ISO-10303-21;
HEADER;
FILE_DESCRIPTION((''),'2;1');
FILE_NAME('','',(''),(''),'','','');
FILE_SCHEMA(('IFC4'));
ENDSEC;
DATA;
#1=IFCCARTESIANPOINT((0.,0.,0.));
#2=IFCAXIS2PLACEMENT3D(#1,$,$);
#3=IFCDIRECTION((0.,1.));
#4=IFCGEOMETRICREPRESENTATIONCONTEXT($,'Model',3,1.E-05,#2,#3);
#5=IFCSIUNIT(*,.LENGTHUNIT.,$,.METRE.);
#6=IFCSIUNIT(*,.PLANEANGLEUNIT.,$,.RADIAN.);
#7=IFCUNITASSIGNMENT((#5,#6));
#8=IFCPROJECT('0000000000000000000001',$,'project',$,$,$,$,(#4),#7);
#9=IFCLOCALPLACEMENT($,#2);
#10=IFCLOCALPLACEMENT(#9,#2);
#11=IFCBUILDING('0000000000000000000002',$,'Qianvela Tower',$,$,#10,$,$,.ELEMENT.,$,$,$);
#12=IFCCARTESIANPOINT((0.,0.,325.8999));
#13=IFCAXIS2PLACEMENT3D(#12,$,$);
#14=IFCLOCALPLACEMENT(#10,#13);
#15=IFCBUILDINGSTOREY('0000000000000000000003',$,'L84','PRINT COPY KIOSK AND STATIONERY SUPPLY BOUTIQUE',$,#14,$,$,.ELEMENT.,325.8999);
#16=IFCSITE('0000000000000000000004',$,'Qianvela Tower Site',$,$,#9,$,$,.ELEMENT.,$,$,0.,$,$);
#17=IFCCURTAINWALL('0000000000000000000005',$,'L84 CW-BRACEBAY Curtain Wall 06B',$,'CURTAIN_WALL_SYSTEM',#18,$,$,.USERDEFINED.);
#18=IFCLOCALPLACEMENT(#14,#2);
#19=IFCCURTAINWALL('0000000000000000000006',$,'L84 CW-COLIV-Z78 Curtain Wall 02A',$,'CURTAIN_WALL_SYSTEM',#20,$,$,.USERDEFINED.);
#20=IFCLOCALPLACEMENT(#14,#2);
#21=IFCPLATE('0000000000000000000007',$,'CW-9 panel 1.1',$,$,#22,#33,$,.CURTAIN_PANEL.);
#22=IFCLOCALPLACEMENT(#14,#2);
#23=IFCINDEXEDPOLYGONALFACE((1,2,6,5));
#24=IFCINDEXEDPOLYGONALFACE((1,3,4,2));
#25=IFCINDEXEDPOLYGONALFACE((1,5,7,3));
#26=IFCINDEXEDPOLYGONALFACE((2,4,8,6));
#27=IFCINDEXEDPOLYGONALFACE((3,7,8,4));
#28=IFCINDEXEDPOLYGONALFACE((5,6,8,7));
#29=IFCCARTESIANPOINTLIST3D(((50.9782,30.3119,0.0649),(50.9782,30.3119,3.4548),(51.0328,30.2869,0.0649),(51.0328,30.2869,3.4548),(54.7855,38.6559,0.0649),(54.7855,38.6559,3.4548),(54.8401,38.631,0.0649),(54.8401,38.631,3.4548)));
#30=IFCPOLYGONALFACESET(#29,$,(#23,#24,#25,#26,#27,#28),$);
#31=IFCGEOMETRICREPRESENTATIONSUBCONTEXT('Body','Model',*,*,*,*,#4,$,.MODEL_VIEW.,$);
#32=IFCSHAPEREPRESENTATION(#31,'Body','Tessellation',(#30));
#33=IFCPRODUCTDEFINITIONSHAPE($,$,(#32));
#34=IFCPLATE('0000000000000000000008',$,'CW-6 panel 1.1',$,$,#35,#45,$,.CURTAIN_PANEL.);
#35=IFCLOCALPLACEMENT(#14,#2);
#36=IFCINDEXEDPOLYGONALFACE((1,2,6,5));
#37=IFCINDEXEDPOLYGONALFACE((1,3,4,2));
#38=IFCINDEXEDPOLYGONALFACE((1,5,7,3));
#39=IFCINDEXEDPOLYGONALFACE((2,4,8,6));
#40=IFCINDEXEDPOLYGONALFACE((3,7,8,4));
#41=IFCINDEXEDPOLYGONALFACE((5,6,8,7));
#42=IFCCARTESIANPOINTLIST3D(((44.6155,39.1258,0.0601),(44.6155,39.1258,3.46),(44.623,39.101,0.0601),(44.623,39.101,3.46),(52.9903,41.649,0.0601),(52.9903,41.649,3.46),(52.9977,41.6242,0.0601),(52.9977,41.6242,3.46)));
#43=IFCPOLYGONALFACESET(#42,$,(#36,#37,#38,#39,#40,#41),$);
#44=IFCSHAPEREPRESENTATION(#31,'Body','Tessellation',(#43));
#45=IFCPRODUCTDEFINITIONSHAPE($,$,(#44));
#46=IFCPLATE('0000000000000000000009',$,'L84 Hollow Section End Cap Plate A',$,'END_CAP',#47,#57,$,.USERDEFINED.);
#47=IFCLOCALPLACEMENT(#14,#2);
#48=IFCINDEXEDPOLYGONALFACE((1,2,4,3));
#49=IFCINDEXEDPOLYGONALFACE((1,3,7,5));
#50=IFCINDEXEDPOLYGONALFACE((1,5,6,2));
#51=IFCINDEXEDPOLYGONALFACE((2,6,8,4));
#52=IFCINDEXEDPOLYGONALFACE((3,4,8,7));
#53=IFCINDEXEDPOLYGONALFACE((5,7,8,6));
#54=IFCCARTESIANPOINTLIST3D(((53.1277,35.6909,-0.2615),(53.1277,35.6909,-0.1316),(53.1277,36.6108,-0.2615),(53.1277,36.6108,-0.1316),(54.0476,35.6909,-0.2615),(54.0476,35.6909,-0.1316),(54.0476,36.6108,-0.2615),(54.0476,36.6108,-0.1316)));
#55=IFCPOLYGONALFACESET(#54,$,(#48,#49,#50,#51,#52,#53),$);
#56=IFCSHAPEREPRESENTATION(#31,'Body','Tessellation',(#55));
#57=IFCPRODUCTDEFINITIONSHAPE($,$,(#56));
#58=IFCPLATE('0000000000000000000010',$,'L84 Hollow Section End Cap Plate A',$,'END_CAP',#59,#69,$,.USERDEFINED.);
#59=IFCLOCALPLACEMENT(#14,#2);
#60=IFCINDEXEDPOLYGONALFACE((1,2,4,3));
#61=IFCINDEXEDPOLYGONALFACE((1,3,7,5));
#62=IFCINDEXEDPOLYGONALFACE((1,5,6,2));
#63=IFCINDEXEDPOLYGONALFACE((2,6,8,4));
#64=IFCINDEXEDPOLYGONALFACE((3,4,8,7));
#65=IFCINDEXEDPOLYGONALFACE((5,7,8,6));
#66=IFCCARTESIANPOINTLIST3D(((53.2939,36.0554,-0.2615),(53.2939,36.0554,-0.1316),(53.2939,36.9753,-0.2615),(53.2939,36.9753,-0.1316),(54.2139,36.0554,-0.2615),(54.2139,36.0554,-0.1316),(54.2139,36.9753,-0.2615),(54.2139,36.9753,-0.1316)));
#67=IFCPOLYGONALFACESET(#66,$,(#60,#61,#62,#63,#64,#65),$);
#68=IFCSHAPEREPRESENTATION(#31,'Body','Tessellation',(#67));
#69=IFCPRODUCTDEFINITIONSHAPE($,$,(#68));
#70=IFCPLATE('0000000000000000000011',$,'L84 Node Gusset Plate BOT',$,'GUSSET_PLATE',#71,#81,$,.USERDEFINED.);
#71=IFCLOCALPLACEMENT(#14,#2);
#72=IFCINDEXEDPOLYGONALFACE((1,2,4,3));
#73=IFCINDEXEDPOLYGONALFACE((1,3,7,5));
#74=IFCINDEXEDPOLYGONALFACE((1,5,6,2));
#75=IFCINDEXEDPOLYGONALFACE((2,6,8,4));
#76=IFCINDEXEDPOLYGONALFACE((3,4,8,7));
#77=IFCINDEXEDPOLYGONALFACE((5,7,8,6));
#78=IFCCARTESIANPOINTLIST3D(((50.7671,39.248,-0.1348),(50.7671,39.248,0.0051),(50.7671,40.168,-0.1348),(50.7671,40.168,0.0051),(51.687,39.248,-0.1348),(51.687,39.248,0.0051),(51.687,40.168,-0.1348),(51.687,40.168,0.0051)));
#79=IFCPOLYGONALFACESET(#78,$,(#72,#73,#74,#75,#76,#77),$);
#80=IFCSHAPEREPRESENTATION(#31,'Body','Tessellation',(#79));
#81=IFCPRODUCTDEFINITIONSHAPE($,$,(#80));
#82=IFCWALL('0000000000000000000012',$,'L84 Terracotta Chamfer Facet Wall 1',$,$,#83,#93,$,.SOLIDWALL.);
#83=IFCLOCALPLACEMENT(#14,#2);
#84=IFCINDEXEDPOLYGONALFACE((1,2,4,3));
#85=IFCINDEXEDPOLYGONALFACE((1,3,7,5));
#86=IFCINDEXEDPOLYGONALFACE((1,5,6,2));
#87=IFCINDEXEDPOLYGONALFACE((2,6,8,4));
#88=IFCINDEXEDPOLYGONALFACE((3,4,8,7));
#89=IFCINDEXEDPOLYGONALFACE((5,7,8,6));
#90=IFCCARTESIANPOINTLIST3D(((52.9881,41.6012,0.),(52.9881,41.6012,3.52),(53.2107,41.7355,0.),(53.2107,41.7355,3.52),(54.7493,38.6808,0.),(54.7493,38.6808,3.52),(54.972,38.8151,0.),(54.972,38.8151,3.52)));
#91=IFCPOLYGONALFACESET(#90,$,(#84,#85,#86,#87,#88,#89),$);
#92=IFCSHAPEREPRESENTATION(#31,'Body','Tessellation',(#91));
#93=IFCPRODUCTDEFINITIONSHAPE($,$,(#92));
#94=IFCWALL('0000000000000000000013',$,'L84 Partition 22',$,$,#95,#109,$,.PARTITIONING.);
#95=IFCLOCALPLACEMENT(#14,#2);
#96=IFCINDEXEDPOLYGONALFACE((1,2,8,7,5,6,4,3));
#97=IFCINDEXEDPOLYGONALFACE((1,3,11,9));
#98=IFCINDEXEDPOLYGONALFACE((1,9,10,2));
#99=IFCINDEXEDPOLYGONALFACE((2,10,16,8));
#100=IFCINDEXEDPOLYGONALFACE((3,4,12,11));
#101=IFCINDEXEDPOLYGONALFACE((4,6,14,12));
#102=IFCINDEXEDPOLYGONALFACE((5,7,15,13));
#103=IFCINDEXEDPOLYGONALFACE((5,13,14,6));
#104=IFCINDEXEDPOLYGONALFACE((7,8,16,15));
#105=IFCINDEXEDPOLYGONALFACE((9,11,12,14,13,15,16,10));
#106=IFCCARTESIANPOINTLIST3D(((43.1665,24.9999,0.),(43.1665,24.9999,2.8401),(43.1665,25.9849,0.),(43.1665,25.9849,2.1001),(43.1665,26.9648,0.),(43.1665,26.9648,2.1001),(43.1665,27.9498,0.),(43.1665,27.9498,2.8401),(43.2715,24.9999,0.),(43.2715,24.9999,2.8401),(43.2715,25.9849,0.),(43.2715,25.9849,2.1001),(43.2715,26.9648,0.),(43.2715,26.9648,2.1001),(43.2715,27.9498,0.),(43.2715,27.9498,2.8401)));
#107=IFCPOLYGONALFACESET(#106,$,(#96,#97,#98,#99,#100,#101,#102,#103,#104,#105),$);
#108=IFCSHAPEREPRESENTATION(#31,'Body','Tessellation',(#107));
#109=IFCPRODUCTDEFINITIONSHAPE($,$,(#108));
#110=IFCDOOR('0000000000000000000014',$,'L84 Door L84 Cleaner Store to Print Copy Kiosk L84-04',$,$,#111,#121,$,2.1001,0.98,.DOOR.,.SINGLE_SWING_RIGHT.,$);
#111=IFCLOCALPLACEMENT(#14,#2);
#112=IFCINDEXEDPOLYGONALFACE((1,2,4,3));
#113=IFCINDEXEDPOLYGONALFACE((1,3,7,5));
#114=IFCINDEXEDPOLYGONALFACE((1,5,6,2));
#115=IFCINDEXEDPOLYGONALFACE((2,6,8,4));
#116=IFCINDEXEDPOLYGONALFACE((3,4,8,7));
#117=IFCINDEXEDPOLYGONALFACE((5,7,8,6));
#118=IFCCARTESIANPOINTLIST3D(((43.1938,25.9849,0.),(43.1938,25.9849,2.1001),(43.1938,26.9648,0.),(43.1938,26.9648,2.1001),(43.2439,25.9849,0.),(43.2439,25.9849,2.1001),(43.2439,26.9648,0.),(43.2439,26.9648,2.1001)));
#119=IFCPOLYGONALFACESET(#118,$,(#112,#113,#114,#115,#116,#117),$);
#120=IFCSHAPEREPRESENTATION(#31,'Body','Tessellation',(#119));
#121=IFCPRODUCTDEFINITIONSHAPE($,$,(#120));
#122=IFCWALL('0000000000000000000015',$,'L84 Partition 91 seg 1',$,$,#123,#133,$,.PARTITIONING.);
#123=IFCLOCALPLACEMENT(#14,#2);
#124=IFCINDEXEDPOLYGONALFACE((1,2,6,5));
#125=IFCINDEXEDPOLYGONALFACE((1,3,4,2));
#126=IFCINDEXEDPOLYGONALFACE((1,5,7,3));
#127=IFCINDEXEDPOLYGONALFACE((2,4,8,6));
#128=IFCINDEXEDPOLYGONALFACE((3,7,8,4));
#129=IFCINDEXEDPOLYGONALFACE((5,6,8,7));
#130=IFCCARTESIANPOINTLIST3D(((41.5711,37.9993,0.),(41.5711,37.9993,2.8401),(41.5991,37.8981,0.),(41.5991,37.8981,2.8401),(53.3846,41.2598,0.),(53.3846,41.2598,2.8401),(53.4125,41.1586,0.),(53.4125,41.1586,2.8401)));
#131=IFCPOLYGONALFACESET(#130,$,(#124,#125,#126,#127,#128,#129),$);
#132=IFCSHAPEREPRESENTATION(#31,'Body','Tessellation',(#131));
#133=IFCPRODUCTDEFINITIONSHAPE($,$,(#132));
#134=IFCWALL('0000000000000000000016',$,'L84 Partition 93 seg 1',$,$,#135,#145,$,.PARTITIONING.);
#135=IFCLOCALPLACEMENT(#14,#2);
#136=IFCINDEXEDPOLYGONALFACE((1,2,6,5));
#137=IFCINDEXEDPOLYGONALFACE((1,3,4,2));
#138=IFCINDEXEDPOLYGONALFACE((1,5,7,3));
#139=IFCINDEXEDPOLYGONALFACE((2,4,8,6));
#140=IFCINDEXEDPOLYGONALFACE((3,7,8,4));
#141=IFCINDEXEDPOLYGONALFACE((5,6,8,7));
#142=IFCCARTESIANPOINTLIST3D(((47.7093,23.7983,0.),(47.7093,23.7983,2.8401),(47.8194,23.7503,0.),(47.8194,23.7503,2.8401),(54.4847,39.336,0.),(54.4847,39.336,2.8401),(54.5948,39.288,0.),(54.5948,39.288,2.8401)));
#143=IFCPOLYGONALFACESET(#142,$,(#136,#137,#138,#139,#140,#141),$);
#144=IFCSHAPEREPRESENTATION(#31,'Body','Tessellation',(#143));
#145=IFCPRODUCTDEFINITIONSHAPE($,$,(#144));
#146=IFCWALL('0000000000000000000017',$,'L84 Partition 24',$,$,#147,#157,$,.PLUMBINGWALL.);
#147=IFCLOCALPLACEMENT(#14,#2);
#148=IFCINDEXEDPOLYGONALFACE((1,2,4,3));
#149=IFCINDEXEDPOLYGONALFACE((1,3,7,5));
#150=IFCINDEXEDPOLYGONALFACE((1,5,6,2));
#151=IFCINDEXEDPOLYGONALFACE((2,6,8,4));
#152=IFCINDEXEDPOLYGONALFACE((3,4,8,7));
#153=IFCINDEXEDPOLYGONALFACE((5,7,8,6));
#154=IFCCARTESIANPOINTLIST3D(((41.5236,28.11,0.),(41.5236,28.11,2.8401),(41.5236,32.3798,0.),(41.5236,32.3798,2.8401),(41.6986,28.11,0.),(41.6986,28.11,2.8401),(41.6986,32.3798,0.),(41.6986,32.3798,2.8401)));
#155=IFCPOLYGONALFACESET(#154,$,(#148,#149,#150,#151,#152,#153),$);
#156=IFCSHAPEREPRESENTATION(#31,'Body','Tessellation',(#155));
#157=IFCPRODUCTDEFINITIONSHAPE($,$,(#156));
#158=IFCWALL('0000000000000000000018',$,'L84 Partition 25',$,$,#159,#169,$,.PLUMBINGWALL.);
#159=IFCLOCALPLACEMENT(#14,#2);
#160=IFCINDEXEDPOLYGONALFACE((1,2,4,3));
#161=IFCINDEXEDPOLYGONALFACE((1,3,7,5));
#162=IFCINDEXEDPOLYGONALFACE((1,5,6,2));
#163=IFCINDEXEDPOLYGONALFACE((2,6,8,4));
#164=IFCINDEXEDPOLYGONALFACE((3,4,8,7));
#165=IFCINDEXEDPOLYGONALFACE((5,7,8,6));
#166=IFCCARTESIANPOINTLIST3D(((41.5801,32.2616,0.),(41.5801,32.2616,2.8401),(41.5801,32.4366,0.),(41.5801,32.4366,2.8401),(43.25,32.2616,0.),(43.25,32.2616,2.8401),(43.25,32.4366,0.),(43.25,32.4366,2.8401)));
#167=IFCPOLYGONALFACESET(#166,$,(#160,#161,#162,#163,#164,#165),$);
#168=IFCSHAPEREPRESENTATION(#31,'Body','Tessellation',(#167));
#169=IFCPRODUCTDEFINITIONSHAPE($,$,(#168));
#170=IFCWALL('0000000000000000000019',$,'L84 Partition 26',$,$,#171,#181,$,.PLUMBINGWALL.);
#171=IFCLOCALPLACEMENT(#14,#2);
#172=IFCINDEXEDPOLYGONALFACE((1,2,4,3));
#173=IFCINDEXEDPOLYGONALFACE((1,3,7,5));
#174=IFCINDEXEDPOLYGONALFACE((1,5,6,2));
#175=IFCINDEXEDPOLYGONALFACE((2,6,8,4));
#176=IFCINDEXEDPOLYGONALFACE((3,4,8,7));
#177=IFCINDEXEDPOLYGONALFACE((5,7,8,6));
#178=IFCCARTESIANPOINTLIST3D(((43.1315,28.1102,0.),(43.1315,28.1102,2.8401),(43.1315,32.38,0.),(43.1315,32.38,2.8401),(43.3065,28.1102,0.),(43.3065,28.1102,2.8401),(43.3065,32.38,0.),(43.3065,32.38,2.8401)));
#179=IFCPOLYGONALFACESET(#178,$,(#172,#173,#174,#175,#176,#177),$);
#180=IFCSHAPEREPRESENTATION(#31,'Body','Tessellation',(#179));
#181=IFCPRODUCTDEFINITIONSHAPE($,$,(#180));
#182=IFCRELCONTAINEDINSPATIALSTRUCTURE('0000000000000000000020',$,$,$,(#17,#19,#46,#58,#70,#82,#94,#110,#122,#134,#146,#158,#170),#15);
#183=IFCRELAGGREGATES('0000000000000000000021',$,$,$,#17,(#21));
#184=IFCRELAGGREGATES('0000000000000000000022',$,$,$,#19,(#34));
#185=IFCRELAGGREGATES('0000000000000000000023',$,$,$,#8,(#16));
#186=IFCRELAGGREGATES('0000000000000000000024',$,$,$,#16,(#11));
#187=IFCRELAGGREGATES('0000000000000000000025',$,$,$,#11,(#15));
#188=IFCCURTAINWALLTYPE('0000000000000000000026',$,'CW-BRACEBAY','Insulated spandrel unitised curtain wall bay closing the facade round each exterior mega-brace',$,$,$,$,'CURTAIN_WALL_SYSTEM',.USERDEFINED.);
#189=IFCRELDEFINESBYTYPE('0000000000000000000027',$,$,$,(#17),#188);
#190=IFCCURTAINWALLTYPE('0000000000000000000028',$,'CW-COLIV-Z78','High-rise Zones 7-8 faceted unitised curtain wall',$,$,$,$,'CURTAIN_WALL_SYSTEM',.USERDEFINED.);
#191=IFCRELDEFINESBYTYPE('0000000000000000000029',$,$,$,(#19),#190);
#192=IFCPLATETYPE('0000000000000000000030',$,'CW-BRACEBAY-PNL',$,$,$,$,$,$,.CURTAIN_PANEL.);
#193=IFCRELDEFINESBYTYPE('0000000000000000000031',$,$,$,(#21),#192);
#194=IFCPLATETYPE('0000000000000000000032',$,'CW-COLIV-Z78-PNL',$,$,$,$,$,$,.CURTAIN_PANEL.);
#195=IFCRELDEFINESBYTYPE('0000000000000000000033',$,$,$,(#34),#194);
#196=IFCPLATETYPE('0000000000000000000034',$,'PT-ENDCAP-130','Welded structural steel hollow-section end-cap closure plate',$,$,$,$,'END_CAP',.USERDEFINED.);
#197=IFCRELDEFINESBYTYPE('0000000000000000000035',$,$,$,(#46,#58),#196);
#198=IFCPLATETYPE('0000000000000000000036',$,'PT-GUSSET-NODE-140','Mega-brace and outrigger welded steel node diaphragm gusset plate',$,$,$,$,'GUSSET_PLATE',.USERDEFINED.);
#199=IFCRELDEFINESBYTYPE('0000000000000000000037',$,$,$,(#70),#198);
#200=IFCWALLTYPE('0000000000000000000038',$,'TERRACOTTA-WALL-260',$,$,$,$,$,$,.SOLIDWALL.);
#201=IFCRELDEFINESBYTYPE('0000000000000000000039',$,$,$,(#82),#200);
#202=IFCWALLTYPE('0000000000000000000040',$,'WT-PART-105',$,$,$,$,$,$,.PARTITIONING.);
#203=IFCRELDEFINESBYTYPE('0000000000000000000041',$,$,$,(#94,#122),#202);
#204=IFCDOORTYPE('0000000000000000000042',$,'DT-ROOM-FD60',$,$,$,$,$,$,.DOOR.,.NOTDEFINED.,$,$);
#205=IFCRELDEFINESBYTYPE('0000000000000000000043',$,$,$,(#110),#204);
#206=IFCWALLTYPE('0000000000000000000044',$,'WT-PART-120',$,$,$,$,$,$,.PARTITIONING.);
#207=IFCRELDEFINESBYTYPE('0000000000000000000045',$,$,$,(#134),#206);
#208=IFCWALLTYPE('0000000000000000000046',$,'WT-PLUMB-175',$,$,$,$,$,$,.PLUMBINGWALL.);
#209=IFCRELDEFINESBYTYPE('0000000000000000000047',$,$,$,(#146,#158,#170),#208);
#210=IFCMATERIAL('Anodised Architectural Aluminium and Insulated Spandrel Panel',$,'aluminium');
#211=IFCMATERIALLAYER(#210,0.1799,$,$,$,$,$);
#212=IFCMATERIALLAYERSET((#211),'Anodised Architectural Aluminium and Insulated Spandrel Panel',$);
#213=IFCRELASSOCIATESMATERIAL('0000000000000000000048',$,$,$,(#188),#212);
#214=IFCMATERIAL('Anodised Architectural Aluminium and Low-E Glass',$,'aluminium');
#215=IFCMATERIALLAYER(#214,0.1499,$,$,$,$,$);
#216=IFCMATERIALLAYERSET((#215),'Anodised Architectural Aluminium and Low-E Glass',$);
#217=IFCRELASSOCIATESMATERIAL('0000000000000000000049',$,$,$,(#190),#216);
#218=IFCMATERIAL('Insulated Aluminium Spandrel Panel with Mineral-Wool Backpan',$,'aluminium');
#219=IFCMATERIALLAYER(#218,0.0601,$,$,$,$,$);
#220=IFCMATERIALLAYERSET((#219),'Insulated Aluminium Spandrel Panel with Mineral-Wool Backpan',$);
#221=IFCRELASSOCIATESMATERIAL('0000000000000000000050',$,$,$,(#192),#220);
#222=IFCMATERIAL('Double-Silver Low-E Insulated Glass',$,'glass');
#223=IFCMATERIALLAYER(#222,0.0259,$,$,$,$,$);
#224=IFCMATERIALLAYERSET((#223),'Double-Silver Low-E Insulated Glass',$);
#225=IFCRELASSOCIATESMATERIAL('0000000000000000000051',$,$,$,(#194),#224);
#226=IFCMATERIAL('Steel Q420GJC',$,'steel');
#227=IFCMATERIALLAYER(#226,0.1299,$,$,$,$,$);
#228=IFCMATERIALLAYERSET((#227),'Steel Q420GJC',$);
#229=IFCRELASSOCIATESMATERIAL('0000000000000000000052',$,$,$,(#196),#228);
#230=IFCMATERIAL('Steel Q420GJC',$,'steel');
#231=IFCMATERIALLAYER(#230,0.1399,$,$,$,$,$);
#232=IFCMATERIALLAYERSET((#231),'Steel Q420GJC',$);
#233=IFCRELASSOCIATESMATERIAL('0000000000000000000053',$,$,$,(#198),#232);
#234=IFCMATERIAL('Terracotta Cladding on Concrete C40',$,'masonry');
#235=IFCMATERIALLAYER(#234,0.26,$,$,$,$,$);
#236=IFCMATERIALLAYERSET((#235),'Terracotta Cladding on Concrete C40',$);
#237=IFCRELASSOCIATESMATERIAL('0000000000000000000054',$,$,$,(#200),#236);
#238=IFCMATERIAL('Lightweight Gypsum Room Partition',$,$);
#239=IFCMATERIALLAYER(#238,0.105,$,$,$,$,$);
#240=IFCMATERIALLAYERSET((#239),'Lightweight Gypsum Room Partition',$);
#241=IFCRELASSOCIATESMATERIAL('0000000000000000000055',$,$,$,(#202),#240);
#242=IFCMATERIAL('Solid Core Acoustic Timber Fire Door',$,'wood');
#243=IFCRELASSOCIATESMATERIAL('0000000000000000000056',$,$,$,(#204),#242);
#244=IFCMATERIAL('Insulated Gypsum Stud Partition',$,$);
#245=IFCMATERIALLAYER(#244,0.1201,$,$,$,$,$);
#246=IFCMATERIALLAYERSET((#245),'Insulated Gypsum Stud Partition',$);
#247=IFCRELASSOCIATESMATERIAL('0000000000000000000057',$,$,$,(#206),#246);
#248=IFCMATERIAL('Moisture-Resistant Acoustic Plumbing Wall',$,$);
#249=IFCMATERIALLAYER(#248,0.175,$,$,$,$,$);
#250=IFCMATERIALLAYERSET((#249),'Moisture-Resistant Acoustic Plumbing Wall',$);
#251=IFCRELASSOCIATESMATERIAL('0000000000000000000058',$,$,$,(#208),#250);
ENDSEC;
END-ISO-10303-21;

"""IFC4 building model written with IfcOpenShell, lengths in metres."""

from ifc_helpers import new_model, si_unit, direction, frame, frame_2d, origin, origin_2d, place, context, subcontext, project, spatial, rectangle, extrude, material, layer, layer_set, type_object, element, fill, aggregate, save


model = new_model("IFC4")

# Units and contexts
model_context = context("Model", 3, precision=1e-05, world=origin(), true_north=direction((0.0, 1.0)))
body_context = subcontext(model_context, "Body", "Model", "MODEL_VIEW")
ifc_project = project(units=[si_unit("LENGTHUNIT", "METRE"), si_unit("PLANEANGLEUNIT", "RADIAN")], contexts=[model_context])

# Site, building, storey
site_placement = place(None, origin())
site = spatial("IfcSite", under=ifc_project, at=site_placement, Name="Qianvela Tower Site", CompositionType="ELEMENT", RefElevation=0.0)
building_placement = place(site_placement, origin())
building = spatial("IfcBuilding", under=site, at=building_placement, Name="Qianvela Tower", CompositionType="ELEMENT")
storey_placement = place(building_placement, frame((0.0, 0.0, 325.8999)))
storey = spatial("IfcBuildingStorey", under=building, at=storey_placement, Name="L84", Description="PRINT COPY KIOSK AND STATIONERY SUPPLY BOUTIQUE", CompositionType="ELEMENT", Elevation=325.8999)

# Curtain walls
ifc_material_1 = material(Name="Anodised Architectural Aluminium and Insulated Spandrel Panel", Category="aluminium")
ifc_layer_1 = layer(ifc_material_1, 0.1799)
ifc_layer_set_1 = layer_set([ifc_layer_1], Name="Anodised Architectural Aluminium and Insulated Spandrel Panel")
curtain_wall_type_1 = type_object("IfcCurtainWallType", Name="CW-BRACEBAY", Description="Insulated spandrel unitised curtain wall bay closing the facade round each exterior mega-brace", ElementType="CURTAIN_WALL_SYSTEM", PredefinedType="USERDEFINED", material=ifc_layer_set_1)
curtain_wall_1_placement = place(storey_placement, origin())
curtain_wall_1 = element("IfcCurtainWall", 1, at=curtain_wall_1_placement, inside=storey, type_object=curtain_wall_type_1, Name="L84 CW-BRACEBAY Curtain Wall 06B", ObjectType="CURTAIN_WALL_SYSTEM", PredefinedType="USERDEFINED")
ifc_material_2 = material(Name="Anodised Architectural Aluminium and Low-E Glass", Category="aluminium")
ifc_layer_2 = layer(ifc_material_2, 0.1499)
ifc_layer_set_2 = layer_set([ifc_layer_2], Name="Anodised Architectural Aluminium and Low-E Glass")
curtain_wall_type_2 = type_object("IfcCurtainWallType", Name="CW-COLIV-Z78", Description="High-rise Zones 7-8 faceted unitised curtain wall", ElementType="CURTAIN_WALL_SYSTEM", PredefinedType="USERDEFINED", material=ifc_layer_set_2)
curtain_wall_2_placement = place(storey_placement, origin())
curtain_wall_2 = element("IfcCurtainWall", 2, at=curtain_wall_2_placement, inside=storey, type_object=curtain_wall_type_2, Name="L84 CW-COLIV-Z78 Curtain Wall 02A", ObjectType="CURTAIN_WALL_SYSTEM", PredefinedType="USERDEFINED")

# Plates
ifc_material_3 = material(Name="Insulated Aluminium Spandrel Panel with Mineral-Wool Backpan", Category="aluminium")
ifc_layer_3 = layer(ifc_material_3, 0.0601)
ifc_layer_set_3 = layer_set([ifc_layer_3], Name="Insulated Aluminium Spandrel Panel with Mineral-Wool Backpan")
plate_type_1 = type_object("IfcPlateType", Name="CW-BRACEBAY-PNL", PredefinedType="CURTAIN_PANEL", material=ifc_layer_set_3)
plate_1_placement = place(storey_placement, frame((52.9092, 34.4714, 0.0649), z_axis=(0.0, 0.0, 1.0), x_axis=(0.415117, 0.909768, 0.0)))
plate_1 = element("IfcPlate", 3, at=plate_1_placement, type_object=plate_type_1, Name="CW-9 panel 1.1", PredefinedType="CURTAIN_PANEL", context=body_context, shape_type="SweptSolid", body=[
    extrude(rectangle(XDim=9.1716, YDim=0.0601, at=origin_2d()), origin(), (0.0, 0.0, 1.0), 3.3899),
])
aggregate(curtain_wall_1, [plate_1])
ifc_material_4 = material(Name="Double-Silver Low-E Insulated Glass", Category="glass")
ifc_layer_4 = layer(ifc_material_4, 0.0259)
ifc_layer_set_4 = layer_set([ifc_layer_4], Name="Double-Silver Low-E Insulated Glass")
plate_type_2 = type_object("IfcPlateType", Name="CW-COLIV-Z78-PNL", PredefinedType="CURTAIN_PANEL", material=ifc_layer_set_4)
plate_2_placement = place(storey_placement, frame((48.8066, 40.375, 0.0601), z_axis=(0.0, 0.0, 1.0), x_axis=(-0.957486, -0.28848, 0.0)))
plate_2 = element("IfcPlate", 4, at=plate_2_placement, type_object=plate_type_2, Name="CW-6 panel 1.1", PredefinedType="CURTAIN_PANEL", context=body_context, shape_type="SweptSolid", body=[
    extrude(rectangle(XDim=8.7466, YDim=0.0259, at=origin_2d()), origin(), (0.0, 0.0, 1.0), 3.3999),
])
aggregate(curtain_wall_2, [plate_2])

# Plates
ifc_material_5 = material(Name="Steel Q420GJC", Category="steel")
ifc_layer_5 = layer(ifc_material_5, 0.1299)
ifc_layer_set_5 = layer_set([ifc_layer_5], Name="Steel Q420GJC")
plate_type_3 = type_object("IfcPlateType", Name="PT-ENDCAP-130", Description="Welded structural steel hollow-section end-cap closure plate", ElementType="END_CAP", PredefinedType="USERDEFINED", material=ifc_layer_set_5)
for number, where, z_axis, x_axis, name in (
    (5, (53.5876, 36.1509, -0.2615), (0.0, 0.0, 1.0), (1.0, 0.0, 0.0), "L84 Hollow Section End Cap Plate A"),
    (6, (53.7539, 36.5154, -0.2615), (0.0, 0.0, 1.0), (1.0, 0.0, 0.0), "L84 Hollow Section End Cap Plate A"),
):
    element("IfcPlate", number, at=place(storey_placement, frame(where, z_axis=z_axis, x_axis=x_axis)), inside=storey, type_object=plate_type_3, Name=name, ObjectType="END_CAP", PredefinedType="USERDEFINED", context=body_context, shape_type="SweptSolid", body=[
        extrude(rectangle(XDim=0.9199, YDim=0.9199, at=origin_2d()), origin(), (0.0, 0.0, 1.0), 0.1299),
    ])
ifc_material_6 = material(Name="Steel Q420GJC", Category="steel")
ifc_layer_6 = layer(ifc_material_6, 0.1399)
ifc_layer_set_6 = layer_set([ifc_layer_6], Name="Steel Q420GJC")
plate_type_4 = type_object("IfcPlateType", Name="PT-GUSSET-NODE-140", Description="Mega-brace and outrigger welded steel node diaphragm gusset plate", ElementType="GUSSET_PLATE", PredefinedType="USERDEFINED", material=ifc_layer_set_6)
plate_3_placement = place(storey_placement, frame((51.2271, 39.708, -0.1348), z_axis=(0.0, 0.0, 1.0), x_axis=(1.0, 0.0, 0.0)))
element("IfcPlate", 7, at=plate_3_placement, inside=storey, type_object=plate_type_4, Name="L84 Node Gusset Plate BOT", ObjectType="GUSSET_PLATE", PredefinedType="USERDEFINED", context=body_context, shape_type="SweptSolid", body=[
    extrude(rectangle(XDim=0.9199, YDim=0.9199, at=origin_2d()), origin(), (0.0, 0.0, 1.0), 0.1399),
])

# Wall
ifc_material_7 = material(Name="Terracotta Cladding on Concrete C40", Category="masonry")
ifc_layer_7 = layer(ifc_material_7, 0.26)
ifc_layer_set_7 = layer_set([ifc_layer_7], Name="Terracotta Cladding on Concrete C40")
wall_type_1 = type_object("IfcWallType", Name="TERRACOTTA-WALL-260", PredefinedType="SOLIDWALL", material=ifc_layer_set_7)
wall_1_placement = place(storey_placement, frame((54.8606, 38.748, 0.0), z_axis=(0.0, 0.0, 1.0), x_axis=(-0.516432, 0.856328, 0.0)))
element("IfcWall", 8, at=wall_1_placement, inside=storey, type_object=wall_type_1, Name="L84 Terracotta Chamfer Facet Wall 1", PredefinedType="SOLIDWALL", context=body_context, shape_type="SweptSolid", body=[
    extrude(rectangle(XDim=3.4104, YDim=0.26, at=frame_2d((1.7051, 0.0))), origin(), (0.0, 0.0, 1.0), 3.52),
])

# Wall, opening, door
ifc_material_8 = material(Name="Lightweight Gypsum Room Partition")
ifc_layer_8 = layer(ifc_material_8, 0.105)
ifc_layer_set_8 = layer_set([ifc_layer_8], Name="Lightweight Gypsum Room Partition")
wall_type_2 = type_object("IfcWallType", Name="WT-PART-105", PredefinedType="PARTITIONING", material=ifc_layer_set_8)
wall_2_placement = place(storey_placement, frame((43.219, 27.95, 0.0), z_axis=(0.0, 0.0, 1.0), x_axis=(0.0, -1.0, 0.0)))
wall_2 = element("IfcWall", 9, at=wall_2_placement, inside=storey, type_object=wall_type_2, Name="L84 Partition 22", PredefinedType="PARTITIONING", context=body_context, shape_type="SweptSolid", body=[
    extrude(rectangle(XDim=2.95, YDim=0.105, at=frame_2d((1.4751, 0.0))), origin(), (0.0, 0.0, 1.0), 2.8401),
])
opening_placement = place(wall_2_placement, frame((0.9851, 0.0, 0.0)))
opening = element("IfcOpeningElement", 10, at=opening_placement, cuts=wall_2, PredefinedType="OPENING", context=body_context, shape_type="SweptSolid", body=[
    extrude(rectangle(XDim=0.98, YDim=2.1001, at=frame_2d((0.49, 1.05))), frame((0.0, 0.0625, 0.0), z_axis=(0.0, -1.0, 0.0), x_axis=(1.0, 0.0, 0.0)), (0.0, 0.0, 1.0), 0.125),
])
ifc_material_9 = material(Name="Solid Core Acoustic Timber Fire Door", Category="wood")
door_type = type_object("IfcDoorType", Name="DT-ROOM-FD60", OperationType="NOTDEFINED", PredefinedType="DOOR", material=ifc_material_9)
door_placement = place(opening_placement, origin())
door = element("IfcDoor", 11, at=door_placement, inside=storey, type_object=door_type, Name="L84 Door L84 Cleaner Store to Print Copy Kiosk L84-04", OperationType="SINGLE_SWING_RIGHT", OverallHeight=2.1001, OverallWidth=0.98, PredefinedType="DOOR", context=body_context, shape_type="SweptSolid", body=[
    extrude(rectangle(XDim=0.98, YDim=2.1001, at=frame_2d((0.49, 1.05))), frame((0.0, 0.0249, 0.0), z_axis=(0.0, -1.0, 0.0), x_axis=(1.0, 0.0, 0.0)), (0.0, 0.0, 1.0), 0.05),
])
fill(opening, door)

# Walls
wall_3_placement = place(storey_placement, frame((41.5852, 37.9487, 0.0), z_axis=(0.0, 0.0, 1.0), x_axis=(0.963959, 0.266051, 0.0)))
element("IfcWall", 12, at=wall_3_placement, inside=storey, type_object=wall_type_2, Name="L84 Partition 91 seg 1", PredefinedType="PARTITIONING", context=body_context, shape_type="SweptSolid", body=[
    extrude(rectangle(XDim=12.2551, YDim=0.105, at=frame_2d((6.1274, 0.0))), origin(), (0.0, 0.0, 1.0), 2.8401),
])
ifc_material_10 = material(Name="Insulated Gypsum Stud Partition")
ifc_layer_9 = layer(ifc_material_10, 0.1201)
ifc_layer_set_9 = layer_set([ifc_layer_9], Name="Insulated Gypsum Stud Partition")
wall_type_3 = type_object("IfcWallType", Name="WT-PART-120", PredefinedType="PARTITIONING", material=ifc_layer_set_9)
wall_4_placement = place(storey_placement, frame((54.5398, 39.312, 0.0), z_axis=(0.0, 0.0, 1.0), x_axis=(-0.399714, -0.91664, 0.0)))
element("IfcWall", 13, at=wall_4_placement, inside=storey, type_object=wall_type_3, Name="L84 Partition 93 seg 1", PredefinedType="PARTITIONING", context=body_context, shape_type="SweptSolid", body=[
    extrude(rectangle(XDim=16.9507, YDim=0.1201, at=frame_2d((8.4753, 0.0))), origin(), (0.0, 0.0, 1.0), 2.8401),
])
ifc_material_11 = material(Name="Moisture-Resistant Acoustic Plumbing Wall")
ifc_layer_10 = layer(ifc_material_11, 0.175)
ifc_layer_set_10 = layer_set([ifc_layer_10], Name="Moisture-Resistant Acoustic Plumbing Wall")
wall_type_4 = type_object("IfcWallType", Name="WT-PLUMB-175", PredefinedType="PLUMBINGWALL", material=ifc_layer_set_10)
wall_5_placement = place(storey_placement, frame((41.6111, 28.1101, 0.0), z_axis=(0.0, 0.0, 1.0), x_axis=(0.0, 1.0, 0.0)))
element("IfcWall", 14, at=wall_5_placement, inside=storey, type_object=wall_type_4, Name="L84 Partition 24", PredefinedType="PLUMBINGWALL", context=body_context, shape_type="SweptSolid", body=[
    extrude(rectangle(XDim=4.2698, YDim=0.175, at=frame_2d((2.1348, 0.0))), origin(), (0.0, 0.0, 1.0), 2.8401),
])
wall_6_placement = place(storey_placement, frame((41.5801, 32.3491, 0.0), z_axis=(0.0, 0.0, 1.0), x_axis=(1.0, 0.0, 0.0)))
element("IfcWall", 15, at=wall_6_placement, inside=storey, type_object=wall_type_4, Name="L84 Partition 25", PredefinedType="PLUMBINGWALL", context=body_context, shape_type="SweptSolid", body=[
    extrude(rectangle(XDim=1.6699, YDim=0.175, at=frame_2d((0.835, 0.0))), origin(), (0.0, 0.0, 1.0), 2.8401),
])
wall_7_placement = place(storey_placement, frame((43.219, 32.3799, 0.0), z_axis=(0.0, 0.0, 1.0), x_axis=(0.0, -1.0, 0.0)))
element("IfcWall", 16, at=wall_7_placement, inside=storey, type_object=wall_type_4, Name="L84 Partition 26", PredefinedType="PLUMBINGWALL", context=body_context, shape_type="SweptSolid", body=[
    extrude(rectangle(XDim=4.2698, YDim=0.175, at=frame_2d((2.1348, 0.0))), origin(), (0.0, 0.0, 1.0), 2.8401),
])

save(model, "model.ifc")
